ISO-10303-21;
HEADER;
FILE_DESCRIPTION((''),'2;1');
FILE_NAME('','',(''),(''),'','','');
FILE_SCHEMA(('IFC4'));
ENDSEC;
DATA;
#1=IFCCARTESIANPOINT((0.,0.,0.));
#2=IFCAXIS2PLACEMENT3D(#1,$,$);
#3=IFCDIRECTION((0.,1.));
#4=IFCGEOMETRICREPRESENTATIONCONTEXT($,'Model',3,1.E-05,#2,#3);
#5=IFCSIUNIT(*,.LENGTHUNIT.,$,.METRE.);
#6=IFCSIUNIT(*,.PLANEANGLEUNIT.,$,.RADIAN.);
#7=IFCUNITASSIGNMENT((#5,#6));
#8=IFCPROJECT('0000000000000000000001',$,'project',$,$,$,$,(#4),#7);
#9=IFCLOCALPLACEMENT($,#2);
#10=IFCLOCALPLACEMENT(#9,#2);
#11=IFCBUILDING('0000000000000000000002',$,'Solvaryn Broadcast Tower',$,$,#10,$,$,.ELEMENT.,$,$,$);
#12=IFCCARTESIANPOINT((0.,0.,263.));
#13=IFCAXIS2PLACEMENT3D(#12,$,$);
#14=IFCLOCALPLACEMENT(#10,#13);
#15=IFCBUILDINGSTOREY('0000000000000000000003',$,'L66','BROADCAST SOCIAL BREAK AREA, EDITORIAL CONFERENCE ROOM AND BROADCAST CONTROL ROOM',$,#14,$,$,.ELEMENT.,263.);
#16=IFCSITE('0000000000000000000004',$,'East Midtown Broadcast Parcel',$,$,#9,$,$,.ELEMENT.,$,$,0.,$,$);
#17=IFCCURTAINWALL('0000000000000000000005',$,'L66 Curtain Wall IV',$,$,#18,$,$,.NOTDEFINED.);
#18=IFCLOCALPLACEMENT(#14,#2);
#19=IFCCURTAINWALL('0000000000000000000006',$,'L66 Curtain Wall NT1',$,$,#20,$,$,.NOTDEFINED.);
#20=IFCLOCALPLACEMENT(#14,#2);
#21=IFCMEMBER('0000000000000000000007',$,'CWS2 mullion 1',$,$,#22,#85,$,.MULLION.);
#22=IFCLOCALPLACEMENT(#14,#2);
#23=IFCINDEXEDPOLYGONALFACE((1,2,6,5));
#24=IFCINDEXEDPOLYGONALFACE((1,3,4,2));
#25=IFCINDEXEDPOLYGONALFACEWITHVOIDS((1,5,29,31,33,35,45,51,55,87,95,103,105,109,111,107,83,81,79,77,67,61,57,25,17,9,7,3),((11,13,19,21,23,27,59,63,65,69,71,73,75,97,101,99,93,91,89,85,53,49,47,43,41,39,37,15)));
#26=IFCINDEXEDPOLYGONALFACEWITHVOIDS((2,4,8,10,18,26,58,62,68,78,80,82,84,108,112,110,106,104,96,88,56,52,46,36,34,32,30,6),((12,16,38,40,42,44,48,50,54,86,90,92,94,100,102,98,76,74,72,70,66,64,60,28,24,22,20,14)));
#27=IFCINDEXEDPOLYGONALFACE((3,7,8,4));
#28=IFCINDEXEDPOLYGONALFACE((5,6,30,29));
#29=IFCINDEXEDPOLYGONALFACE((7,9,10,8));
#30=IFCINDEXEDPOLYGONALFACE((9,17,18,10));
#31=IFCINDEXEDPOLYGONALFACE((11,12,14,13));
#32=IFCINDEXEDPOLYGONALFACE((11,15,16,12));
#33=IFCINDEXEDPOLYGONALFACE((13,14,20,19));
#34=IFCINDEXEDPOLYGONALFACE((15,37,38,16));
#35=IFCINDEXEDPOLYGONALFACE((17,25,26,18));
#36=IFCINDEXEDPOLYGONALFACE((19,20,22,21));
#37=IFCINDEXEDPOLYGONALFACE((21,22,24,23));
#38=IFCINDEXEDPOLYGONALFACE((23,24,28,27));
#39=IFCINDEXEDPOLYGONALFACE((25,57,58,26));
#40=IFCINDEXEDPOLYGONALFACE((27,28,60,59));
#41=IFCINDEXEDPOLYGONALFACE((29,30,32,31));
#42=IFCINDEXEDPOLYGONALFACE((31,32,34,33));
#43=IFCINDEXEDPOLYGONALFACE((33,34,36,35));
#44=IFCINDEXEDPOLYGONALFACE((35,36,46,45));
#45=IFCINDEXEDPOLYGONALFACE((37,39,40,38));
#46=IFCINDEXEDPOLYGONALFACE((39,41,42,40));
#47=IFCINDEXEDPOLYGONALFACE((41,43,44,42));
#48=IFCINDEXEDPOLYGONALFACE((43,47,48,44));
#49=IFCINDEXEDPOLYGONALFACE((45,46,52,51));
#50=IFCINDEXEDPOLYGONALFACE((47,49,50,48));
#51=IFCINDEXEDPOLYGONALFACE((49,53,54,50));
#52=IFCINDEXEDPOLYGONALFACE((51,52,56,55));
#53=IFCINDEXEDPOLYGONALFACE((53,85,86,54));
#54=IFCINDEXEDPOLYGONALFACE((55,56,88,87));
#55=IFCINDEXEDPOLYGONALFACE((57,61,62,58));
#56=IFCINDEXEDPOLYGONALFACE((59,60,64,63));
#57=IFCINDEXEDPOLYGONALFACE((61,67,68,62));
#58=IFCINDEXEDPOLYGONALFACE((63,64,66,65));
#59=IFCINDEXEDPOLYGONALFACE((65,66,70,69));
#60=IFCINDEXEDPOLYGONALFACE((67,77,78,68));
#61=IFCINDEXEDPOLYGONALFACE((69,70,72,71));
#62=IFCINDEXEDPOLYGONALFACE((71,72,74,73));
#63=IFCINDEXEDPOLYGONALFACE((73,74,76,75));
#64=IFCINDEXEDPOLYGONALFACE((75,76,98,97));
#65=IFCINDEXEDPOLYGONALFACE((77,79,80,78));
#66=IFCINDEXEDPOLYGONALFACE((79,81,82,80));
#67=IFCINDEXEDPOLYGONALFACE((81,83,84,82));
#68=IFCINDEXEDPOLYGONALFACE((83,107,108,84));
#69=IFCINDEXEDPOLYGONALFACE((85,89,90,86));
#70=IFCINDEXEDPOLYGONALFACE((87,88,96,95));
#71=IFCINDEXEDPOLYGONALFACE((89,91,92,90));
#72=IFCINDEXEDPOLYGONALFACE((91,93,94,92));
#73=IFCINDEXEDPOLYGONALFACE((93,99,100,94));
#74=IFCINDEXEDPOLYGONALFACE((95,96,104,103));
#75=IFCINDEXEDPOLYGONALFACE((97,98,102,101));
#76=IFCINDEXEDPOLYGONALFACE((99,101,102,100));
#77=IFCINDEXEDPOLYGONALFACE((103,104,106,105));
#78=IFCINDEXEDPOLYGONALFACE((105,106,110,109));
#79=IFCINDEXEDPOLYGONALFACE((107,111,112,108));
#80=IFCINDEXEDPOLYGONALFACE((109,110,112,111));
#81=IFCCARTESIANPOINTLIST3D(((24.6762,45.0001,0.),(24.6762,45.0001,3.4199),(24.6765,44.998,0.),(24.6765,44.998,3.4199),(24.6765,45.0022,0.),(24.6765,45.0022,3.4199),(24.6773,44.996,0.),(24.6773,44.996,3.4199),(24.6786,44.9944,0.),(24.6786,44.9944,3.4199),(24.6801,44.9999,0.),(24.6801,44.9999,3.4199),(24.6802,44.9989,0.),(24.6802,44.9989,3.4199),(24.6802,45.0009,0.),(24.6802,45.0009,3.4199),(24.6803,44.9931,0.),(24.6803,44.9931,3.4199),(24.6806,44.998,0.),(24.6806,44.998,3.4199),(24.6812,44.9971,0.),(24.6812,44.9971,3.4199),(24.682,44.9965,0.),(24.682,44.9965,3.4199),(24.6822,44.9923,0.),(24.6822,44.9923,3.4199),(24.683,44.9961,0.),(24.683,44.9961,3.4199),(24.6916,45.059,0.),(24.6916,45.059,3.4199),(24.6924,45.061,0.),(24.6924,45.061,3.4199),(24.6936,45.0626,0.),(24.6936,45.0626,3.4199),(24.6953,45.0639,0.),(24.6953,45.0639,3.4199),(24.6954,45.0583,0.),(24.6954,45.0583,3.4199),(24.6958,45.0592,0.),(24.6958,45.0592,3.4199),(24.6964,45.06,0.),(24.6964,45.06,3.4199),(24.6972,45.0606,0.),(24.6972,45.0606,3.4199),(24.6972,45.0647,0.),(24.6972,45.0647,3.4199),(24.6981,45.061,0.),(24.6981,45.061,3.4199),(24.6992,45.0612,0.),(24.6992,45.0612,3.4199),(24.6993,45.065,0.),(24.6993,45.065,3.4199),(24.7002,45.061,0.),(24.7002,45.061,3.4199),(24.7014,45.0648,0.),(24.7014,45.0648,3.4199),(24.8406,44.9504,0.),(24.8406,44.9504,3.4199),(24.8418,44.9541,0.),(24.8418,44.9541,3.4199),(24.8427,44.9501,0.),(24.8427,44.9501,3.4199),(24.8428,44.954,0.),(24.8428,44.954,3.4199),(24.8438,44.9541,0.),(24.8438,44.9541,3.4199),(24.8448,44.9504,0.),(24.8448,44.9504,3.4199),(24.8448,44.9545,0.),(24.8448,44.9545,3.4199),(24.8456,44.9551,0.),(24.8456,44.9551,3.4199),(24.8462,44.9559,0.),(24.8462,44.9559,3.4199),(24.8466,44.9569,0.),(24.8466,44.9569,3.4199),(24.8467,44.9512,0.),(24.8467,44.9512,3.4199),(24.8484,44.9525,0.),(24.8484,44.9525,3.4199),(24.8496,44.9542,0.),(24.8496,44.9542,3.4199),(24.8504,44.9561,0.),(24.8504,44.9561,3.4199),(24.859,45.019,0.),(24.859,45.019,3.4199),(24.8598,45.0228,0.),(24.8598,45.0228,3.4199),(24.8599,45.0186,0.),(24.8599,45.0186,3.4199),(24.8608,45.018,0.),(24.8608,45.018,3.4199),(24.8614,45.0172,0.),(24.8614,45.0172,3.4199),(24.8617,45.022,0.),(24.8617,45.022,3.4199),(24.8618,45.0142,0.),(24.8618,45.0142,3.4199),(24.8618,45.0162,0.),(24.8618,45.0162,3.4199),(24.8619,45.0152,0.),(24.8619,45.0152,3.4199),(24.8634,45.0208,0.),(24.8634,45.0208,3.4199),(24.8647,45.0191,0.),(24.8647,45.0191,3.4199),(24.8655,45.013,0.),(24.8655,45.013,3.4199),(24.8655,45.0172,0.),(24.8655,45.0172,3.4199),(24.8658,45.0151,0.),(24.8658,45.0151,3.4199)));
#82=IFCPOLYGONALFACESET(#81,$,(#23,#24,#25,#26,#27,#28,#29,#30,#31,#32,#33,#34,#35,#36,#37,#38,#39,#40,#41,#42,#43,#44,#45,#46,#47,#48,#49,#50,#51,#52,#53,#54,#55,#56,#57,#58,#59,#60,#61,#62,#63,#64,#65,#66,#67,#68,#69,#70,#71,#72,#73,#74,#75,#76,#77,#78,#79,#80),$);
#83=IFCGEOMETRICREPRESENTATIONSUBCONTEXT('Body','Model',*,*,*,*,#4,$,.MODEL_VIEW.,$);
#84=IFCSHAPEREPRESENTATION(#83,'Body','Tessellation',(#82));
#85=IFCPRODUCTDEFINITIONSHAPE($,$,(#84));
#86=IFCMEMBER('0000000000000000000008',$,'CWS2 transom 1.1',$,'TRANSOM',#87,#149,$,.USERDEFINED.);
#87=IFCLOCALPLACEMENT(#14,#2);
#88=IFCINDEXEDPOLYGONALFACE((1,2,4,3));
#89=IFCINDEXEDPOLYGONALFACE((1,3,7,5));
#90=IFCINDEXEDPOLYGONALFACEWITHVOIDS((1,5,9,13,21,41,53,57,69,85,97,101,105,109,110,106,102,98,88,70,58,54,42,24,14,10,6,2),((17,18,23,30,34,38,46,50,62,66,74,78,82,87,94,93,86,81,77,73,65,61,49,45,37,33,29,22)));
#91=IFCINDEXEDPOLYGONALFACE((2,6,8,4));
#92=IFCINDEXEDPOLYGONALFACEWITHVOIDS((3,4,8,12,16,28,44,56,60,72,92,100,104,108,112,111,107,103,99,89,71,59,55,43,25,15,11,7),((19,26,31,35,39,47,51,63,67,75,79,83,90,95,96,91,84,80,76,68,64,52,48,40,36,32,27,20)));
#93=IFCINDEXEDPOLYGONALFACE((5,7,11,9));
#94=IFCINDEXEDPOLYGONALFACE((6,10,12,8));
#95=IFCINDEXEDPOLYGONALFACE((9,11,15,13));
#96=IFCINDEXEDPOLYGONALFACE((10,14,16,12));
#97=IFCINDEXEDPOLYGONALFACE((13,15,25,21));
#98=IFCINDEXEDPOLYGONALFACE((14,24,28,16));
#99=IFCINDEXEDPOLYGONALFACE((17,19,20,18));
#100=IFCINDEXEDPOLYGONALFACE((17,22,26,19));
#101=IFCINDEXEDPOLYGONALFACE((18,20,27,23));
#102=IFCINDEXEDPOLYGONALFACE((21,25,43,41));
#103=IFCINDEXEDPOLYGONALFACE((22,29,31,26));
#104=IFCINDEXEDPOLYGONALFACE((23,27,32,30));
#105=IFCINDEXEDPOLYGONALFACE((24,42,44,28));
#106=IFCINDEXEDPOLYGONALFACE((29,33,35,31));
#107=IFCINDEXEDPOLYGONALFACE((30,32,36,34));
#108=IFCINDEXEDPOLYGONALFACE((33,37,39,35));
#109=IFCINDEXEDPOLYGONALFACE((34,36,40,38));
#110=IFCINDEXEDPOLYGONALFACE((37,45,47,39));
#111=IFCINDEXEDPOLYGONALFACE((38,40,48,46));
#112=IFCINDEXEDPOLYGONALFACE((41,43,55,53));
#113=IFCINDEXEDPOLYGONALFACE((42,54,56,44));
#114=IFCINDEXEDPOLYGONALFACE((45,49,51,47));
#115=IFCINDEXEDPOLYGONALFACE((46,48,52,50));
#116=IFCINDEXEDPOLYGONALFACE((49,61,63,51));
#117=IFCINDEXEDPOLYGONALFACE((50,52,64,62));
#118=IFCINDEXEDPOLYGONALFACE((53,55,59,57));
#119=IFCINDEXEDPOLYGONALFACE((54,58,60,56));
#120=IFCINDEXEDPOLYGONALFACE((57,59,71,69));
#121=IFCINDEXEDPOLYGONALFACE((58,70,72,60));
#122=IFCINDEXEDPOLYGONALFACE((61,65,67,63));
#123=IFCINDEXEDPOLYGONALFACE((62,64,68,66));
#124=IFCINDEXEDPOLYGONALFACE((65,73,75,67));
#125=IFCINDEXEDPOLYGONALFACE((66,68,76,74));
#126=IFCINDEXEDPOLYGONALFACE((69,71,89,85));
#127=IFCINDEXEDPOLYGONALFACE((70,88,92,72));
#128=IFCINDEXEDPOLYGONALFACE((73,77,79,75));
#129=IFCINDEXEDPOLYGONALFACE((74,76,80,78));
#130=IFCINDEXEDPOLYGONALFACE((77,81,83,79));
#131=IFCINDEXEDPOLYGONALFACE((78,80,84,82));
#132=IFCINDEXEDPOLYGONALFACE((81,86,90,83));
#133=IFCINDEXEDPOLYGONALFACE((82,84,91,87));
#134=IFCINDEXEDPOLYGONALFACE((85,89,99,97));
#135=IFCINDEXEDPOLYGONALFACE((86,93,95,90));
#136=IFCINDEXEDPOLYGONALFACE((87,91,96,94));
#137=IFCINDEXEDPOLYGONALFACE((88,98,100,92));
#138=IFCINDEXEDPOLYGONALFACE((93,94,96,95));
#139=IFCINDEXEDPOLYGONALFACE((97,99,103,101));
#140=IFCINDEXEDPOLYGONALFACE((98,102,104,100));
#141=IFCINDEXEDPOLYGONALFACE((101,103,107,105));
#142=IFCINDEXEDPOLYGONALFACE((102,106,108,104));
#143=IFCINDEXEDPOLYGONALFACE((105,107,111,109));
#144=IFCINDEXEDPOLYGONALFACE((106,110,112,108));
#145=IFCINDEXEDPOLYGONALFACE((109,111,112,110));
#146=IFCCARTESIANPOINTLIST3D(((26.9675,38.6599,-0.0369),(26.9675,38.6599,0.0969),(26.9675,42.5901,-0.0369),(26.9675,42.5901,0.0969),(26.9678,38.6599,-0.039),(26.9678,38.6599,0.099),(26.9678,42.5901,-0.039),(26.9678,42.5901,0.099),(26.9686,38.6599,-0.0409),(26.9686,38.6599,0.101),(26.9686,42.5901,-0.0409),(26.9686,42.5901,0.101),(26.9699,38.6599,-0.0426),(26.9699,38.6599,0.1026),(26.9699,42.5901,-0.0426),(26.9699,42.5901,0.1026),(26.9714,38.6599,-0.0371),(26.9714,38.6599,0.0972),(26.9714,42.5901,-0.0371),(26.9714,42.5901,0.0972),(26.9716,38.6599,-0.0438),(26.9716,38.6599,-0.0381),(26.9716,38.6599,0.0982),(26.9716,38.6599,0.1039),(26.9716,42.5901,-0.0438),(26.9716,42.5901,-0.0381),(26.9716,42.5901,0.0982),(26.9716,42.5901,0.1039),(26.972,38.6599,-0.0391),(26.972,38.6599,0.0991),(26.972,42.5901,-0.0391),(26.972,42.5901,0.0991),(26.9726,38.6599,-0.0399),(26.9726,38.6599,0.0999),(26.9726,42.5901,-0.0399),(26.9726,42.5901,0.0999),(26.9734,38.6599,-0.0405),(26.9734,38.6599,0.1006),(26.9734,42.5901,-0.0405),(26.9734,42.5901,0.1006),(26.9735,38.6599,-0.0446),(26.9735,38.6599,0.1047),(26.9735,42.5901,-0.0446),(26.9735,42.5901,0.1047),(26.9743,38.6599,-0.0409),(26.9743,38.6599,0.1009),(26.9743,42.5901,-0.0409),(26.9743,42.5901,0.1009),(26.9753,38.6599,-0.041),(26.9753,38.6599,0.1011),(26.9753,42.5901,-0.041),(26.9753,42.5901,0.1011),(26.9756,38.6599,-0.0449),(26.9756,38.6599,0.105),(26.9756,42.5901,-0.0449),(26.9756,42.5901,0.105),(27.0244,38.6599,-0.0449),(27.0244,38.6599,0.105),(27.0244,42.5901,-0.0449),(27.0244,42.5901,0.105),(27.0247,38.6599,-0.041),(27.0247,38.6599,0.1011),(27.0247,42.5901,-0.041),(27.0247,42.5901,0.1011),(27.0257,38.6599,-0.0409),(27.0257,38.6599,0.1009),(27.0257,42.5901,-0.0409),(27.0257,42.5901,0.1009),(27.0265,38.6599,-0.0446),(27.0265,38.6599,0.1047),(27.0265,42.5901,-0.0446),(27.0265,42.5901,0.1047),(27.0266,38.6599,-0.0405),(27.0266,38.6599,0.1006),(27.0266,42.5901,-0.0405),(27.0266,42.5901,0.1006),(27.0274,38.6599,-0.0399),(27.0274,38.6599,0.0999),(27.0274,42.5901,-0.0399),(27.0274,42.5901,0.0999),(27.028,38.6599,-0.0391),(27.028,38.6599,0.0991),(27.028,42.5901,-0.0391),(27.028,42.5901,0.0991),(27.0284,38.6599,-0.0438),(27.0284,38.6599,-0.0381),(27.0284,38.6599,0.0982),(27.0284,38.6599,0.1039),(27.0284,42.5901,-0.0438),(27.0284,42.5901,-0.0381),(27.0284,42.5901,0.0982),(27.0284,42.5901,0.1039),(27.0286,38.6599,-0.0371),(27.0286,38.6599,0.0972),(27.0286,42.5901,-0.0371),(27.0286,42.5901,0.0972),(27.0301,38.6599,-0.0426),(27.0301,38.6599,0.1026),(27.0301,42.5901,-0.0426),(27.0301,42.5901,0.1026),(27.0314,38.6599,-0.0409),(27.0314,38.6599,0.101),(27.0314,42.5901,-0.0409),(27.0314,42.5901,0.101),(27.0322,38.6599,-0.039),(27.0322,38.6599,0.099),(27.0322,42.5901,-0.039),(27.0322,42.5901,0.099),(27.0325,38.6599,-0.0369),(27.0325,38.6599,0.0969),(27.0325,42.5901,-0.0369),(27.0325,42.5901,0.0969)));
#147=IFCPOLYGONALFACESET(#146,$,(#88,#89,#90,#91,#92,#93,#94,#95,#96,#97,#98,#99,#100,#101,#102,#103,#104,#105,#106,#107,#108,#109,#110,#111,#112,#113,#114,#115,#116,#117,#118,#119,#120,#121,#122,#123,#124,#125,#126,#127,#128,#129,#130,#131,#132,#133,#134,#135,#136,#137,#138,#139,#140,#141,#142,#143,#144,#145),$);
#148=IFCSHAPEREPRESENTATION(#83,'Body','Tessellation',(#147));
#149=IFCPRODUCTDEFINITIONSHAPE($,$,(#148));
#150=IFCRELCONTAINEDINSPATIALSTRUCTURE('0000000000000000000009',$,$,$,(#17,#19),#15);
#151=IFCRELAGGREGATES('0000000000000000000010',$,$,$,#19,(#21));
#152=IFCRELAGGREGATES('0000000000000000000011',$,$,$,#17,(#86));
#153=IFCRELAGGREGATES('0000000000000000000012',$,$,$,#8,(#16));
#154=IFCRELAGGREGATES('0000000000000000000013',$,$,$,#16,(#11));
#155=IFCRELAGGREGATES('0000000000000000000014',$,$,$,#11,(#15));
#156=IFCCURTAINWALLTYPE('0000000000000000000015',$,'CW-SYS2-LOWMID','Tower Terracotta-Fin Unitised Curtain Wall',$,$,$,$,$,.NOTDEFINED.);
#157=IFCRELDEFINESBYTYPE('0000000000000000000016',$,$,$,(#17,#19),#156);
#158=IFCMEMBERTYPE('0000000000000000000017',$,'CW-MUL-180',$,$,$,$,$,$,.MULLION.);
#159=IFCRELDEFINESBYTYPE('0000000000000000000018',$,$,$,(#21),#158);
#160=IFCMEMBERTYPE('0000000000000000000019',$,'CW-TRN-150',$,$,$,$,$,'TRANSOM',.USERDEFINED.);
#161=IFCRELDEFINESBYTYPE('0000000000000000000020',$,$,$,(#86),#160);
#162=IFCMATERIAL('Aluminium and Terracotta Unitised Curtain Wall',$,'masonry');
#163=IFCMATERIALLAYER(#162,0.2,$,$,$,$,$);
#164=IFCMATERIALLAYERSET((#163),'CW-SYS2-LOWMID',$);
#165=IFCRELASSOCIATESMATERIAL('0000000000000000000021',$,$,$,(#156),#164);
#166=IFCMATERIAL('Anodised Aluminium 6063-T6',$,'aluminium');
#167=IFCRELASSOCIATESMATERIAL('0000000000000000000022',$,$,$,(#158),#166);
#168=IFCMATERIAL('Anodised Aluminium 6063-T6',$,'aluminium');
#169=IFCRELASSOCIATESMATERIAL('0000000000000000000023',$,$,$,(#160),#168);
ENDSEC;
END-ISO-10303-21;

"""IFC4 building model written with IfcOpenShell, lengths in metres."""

from ifc_helpers import new_model, si_unit, direction, frame, origin, origin_2d, place, context, subcontext, project, spatial, hollow_rectangle, extrude, material, layer, layer_set, material_profile, profile_set, type_object, element, aggregate, save


model = new_model("IFC4")

# Units and contexts
model_context = context("Model", 3, precision=1e-05, world=origin(), true_north=direction((0.0, 1.0)))
body_context = subcontext(model_context, "Body", "Model", "MODEL_VIEW")
ifc_project = project(units=[si_unit("LENGTHUNIT", "METRE"), si_unit("PLANEANGLEUNIT", "RADIAN")], contexts=[model_context])

# Site, building, storey
site_placement = place(None, origin())
site = spatial("IfcSite", under=ifc_project, at=site_placement, Name="East Midtown Broadcast Parcel", CompositionType="ELEMENT", RefElevation=0.0)
building_placement = place(site_placement, origin())
building = spatial("IfcBuilding", under=site, at=building_placement, Name="Solvaryn Broadcast Tower", CompositionType="ELEMENT")
storey_placement = place(building_placement, frame((0.0, 0.0, 263.0)))
storey = spatial("IfcBuildingStorey", under=building, at=storey_placement, Name="L66", Description="BROADCAST SOCIAL BREAK AREA, EDITORIAL CONFERENCE ROOM AND BROADCAST CONTROL ROOM", CompositionType="ELEMENT", Elevation=263.0)

# Curtain wall
ifc_material_1 = material(Name="Aluminium and Terracotta Unitised Curtain Wall", Category="masonry")
ifc_layer_1 = layer(ifc_material_1, 0.2)
ifc_layer_set_1 = layer_set([ifc_layer_1], Name="CW-SYS2-LOWMID")
curtain_wall_type = type_object("IfcCurtainWallType", Name="CW-SYS2-LOWMID", Description="Tower Terracotta-Fin Unitised Curtain Wall", PredefinedType="NOTDEFINED", material=ifc_layer_set_1)
curtain_wall_1_placement = place(storey_placement, origin())
curtain_wall_1 = element("IfcCurtainWall", 1, at=curtain_wall_1_placement, inside=storey, type_object=curtain_wall_type, Name="L66 Curtain Wall IV", PredefinedType="NOTDEFINED")
ifc_material_2 = material(Name="Anodised Aluminium 6063-T6", Category="aluminium")
ifc_material_profile_1 = material_profile(ifc_material_2, hollow_rectangle(XDim=0.075, YDim=0.1799, WallThickness=0.0039, InnerFilletRadius=0.0039, OuterFilletRadius=0.0081, at=origin_2d()))
ifc_profile_set_1 = profile_set([ifc_material_profile_1], Name="Anodised Aluminium 6063-T6")
member_type_1 = type_object("IfcMemberType", Name="CW-MUL-180", PredefinedType="MULLION", material=ifc_profile_set_1)

# Curtain wall, member
curtain_wall_2_placement = place(storey_placement, origin())
curtain_wall_2 = element("IfcCurtainWall", 2, at=curtain_wall_2_placement, inside=storey, type_object=curtain_wall_type, Name="L66 Curtain Wall NT1", PredefinedType="NOTDEFINED")
member_1_placement = place(storey_placement, frame((24.771, 45.0076, 0.0), z_axis=(0.0, 0.0, 1.0), x_axis=(-0.255893, -0.966705, 0.0)))
member_1 = element("IfcMember", 3, at=member_1_placement, type_object=member_type_1, Name="CWS2 mullion 1", PredefinedType="MULLION", context=body_context, shape_type="SweptSolid", body=[
    extrude(hollow_rectangle(XDim=0.075, YDim=0.1799, WallThickness=0.0039, InnerFilletRadius=0.0039, OuterFilletRadius=0.0081, at=origin_2d()), origin(), (0.0, 0.0, 1.0), 3.4199),
])

# Member
ifc_material_3 = material(Name="Anodised Aluminium 6063-T6", Category="aluminium")
ifc_material_profile_2 = material_profile(ifc_material_3, hollow_rectangle(XDim=0.0649, YDim=0.1499, WallThickness=0.0039, InnerFilletRadius=0.0039, OuterFilletRadius=0.0081, at=origin_2d()))
ifc_profile_set_2 = profile_set([ifc_material_profile_2], Name="Anodised Aluminium 6063-T6")
member_type_2 = type_object("IfcMemberType", Name="CW-TRN-150", ElementType="TRANSOM", PredefinedType="USERDEFINED", material=ifc_profile_set_2)
member_2_placement = place(storey_placement, frame((27.0, 42.5901, 0.03), z_axis=(0.0, -1.0, 0.0), x_axis=(1.0, 0.0, 0.0)))
member_2 = element("IfcMember", 4, at=member_2_placement, type_object=member_type_2, Name="CWS2 transom 1.1", ObjectType="TRANSOM", PredefinedType="USERDEFINED", context=body_context, shape_type="SweptSolid", body=[
    extrude(hollow_rectangle(XDim=0.0649, YDim=0.1499, WallThickness=0.0039, InnerFilletRadius=0.0039, OuterFilletRadius=0.0081, at=origin_2d()), origin(), (0.0, 0.0, 1.0), 3.9302),
])
aggregate(curtain_wall_2, [member_1])

aggregate(curtain_wall_1, [member_2])

save(model, "model.ifc")
